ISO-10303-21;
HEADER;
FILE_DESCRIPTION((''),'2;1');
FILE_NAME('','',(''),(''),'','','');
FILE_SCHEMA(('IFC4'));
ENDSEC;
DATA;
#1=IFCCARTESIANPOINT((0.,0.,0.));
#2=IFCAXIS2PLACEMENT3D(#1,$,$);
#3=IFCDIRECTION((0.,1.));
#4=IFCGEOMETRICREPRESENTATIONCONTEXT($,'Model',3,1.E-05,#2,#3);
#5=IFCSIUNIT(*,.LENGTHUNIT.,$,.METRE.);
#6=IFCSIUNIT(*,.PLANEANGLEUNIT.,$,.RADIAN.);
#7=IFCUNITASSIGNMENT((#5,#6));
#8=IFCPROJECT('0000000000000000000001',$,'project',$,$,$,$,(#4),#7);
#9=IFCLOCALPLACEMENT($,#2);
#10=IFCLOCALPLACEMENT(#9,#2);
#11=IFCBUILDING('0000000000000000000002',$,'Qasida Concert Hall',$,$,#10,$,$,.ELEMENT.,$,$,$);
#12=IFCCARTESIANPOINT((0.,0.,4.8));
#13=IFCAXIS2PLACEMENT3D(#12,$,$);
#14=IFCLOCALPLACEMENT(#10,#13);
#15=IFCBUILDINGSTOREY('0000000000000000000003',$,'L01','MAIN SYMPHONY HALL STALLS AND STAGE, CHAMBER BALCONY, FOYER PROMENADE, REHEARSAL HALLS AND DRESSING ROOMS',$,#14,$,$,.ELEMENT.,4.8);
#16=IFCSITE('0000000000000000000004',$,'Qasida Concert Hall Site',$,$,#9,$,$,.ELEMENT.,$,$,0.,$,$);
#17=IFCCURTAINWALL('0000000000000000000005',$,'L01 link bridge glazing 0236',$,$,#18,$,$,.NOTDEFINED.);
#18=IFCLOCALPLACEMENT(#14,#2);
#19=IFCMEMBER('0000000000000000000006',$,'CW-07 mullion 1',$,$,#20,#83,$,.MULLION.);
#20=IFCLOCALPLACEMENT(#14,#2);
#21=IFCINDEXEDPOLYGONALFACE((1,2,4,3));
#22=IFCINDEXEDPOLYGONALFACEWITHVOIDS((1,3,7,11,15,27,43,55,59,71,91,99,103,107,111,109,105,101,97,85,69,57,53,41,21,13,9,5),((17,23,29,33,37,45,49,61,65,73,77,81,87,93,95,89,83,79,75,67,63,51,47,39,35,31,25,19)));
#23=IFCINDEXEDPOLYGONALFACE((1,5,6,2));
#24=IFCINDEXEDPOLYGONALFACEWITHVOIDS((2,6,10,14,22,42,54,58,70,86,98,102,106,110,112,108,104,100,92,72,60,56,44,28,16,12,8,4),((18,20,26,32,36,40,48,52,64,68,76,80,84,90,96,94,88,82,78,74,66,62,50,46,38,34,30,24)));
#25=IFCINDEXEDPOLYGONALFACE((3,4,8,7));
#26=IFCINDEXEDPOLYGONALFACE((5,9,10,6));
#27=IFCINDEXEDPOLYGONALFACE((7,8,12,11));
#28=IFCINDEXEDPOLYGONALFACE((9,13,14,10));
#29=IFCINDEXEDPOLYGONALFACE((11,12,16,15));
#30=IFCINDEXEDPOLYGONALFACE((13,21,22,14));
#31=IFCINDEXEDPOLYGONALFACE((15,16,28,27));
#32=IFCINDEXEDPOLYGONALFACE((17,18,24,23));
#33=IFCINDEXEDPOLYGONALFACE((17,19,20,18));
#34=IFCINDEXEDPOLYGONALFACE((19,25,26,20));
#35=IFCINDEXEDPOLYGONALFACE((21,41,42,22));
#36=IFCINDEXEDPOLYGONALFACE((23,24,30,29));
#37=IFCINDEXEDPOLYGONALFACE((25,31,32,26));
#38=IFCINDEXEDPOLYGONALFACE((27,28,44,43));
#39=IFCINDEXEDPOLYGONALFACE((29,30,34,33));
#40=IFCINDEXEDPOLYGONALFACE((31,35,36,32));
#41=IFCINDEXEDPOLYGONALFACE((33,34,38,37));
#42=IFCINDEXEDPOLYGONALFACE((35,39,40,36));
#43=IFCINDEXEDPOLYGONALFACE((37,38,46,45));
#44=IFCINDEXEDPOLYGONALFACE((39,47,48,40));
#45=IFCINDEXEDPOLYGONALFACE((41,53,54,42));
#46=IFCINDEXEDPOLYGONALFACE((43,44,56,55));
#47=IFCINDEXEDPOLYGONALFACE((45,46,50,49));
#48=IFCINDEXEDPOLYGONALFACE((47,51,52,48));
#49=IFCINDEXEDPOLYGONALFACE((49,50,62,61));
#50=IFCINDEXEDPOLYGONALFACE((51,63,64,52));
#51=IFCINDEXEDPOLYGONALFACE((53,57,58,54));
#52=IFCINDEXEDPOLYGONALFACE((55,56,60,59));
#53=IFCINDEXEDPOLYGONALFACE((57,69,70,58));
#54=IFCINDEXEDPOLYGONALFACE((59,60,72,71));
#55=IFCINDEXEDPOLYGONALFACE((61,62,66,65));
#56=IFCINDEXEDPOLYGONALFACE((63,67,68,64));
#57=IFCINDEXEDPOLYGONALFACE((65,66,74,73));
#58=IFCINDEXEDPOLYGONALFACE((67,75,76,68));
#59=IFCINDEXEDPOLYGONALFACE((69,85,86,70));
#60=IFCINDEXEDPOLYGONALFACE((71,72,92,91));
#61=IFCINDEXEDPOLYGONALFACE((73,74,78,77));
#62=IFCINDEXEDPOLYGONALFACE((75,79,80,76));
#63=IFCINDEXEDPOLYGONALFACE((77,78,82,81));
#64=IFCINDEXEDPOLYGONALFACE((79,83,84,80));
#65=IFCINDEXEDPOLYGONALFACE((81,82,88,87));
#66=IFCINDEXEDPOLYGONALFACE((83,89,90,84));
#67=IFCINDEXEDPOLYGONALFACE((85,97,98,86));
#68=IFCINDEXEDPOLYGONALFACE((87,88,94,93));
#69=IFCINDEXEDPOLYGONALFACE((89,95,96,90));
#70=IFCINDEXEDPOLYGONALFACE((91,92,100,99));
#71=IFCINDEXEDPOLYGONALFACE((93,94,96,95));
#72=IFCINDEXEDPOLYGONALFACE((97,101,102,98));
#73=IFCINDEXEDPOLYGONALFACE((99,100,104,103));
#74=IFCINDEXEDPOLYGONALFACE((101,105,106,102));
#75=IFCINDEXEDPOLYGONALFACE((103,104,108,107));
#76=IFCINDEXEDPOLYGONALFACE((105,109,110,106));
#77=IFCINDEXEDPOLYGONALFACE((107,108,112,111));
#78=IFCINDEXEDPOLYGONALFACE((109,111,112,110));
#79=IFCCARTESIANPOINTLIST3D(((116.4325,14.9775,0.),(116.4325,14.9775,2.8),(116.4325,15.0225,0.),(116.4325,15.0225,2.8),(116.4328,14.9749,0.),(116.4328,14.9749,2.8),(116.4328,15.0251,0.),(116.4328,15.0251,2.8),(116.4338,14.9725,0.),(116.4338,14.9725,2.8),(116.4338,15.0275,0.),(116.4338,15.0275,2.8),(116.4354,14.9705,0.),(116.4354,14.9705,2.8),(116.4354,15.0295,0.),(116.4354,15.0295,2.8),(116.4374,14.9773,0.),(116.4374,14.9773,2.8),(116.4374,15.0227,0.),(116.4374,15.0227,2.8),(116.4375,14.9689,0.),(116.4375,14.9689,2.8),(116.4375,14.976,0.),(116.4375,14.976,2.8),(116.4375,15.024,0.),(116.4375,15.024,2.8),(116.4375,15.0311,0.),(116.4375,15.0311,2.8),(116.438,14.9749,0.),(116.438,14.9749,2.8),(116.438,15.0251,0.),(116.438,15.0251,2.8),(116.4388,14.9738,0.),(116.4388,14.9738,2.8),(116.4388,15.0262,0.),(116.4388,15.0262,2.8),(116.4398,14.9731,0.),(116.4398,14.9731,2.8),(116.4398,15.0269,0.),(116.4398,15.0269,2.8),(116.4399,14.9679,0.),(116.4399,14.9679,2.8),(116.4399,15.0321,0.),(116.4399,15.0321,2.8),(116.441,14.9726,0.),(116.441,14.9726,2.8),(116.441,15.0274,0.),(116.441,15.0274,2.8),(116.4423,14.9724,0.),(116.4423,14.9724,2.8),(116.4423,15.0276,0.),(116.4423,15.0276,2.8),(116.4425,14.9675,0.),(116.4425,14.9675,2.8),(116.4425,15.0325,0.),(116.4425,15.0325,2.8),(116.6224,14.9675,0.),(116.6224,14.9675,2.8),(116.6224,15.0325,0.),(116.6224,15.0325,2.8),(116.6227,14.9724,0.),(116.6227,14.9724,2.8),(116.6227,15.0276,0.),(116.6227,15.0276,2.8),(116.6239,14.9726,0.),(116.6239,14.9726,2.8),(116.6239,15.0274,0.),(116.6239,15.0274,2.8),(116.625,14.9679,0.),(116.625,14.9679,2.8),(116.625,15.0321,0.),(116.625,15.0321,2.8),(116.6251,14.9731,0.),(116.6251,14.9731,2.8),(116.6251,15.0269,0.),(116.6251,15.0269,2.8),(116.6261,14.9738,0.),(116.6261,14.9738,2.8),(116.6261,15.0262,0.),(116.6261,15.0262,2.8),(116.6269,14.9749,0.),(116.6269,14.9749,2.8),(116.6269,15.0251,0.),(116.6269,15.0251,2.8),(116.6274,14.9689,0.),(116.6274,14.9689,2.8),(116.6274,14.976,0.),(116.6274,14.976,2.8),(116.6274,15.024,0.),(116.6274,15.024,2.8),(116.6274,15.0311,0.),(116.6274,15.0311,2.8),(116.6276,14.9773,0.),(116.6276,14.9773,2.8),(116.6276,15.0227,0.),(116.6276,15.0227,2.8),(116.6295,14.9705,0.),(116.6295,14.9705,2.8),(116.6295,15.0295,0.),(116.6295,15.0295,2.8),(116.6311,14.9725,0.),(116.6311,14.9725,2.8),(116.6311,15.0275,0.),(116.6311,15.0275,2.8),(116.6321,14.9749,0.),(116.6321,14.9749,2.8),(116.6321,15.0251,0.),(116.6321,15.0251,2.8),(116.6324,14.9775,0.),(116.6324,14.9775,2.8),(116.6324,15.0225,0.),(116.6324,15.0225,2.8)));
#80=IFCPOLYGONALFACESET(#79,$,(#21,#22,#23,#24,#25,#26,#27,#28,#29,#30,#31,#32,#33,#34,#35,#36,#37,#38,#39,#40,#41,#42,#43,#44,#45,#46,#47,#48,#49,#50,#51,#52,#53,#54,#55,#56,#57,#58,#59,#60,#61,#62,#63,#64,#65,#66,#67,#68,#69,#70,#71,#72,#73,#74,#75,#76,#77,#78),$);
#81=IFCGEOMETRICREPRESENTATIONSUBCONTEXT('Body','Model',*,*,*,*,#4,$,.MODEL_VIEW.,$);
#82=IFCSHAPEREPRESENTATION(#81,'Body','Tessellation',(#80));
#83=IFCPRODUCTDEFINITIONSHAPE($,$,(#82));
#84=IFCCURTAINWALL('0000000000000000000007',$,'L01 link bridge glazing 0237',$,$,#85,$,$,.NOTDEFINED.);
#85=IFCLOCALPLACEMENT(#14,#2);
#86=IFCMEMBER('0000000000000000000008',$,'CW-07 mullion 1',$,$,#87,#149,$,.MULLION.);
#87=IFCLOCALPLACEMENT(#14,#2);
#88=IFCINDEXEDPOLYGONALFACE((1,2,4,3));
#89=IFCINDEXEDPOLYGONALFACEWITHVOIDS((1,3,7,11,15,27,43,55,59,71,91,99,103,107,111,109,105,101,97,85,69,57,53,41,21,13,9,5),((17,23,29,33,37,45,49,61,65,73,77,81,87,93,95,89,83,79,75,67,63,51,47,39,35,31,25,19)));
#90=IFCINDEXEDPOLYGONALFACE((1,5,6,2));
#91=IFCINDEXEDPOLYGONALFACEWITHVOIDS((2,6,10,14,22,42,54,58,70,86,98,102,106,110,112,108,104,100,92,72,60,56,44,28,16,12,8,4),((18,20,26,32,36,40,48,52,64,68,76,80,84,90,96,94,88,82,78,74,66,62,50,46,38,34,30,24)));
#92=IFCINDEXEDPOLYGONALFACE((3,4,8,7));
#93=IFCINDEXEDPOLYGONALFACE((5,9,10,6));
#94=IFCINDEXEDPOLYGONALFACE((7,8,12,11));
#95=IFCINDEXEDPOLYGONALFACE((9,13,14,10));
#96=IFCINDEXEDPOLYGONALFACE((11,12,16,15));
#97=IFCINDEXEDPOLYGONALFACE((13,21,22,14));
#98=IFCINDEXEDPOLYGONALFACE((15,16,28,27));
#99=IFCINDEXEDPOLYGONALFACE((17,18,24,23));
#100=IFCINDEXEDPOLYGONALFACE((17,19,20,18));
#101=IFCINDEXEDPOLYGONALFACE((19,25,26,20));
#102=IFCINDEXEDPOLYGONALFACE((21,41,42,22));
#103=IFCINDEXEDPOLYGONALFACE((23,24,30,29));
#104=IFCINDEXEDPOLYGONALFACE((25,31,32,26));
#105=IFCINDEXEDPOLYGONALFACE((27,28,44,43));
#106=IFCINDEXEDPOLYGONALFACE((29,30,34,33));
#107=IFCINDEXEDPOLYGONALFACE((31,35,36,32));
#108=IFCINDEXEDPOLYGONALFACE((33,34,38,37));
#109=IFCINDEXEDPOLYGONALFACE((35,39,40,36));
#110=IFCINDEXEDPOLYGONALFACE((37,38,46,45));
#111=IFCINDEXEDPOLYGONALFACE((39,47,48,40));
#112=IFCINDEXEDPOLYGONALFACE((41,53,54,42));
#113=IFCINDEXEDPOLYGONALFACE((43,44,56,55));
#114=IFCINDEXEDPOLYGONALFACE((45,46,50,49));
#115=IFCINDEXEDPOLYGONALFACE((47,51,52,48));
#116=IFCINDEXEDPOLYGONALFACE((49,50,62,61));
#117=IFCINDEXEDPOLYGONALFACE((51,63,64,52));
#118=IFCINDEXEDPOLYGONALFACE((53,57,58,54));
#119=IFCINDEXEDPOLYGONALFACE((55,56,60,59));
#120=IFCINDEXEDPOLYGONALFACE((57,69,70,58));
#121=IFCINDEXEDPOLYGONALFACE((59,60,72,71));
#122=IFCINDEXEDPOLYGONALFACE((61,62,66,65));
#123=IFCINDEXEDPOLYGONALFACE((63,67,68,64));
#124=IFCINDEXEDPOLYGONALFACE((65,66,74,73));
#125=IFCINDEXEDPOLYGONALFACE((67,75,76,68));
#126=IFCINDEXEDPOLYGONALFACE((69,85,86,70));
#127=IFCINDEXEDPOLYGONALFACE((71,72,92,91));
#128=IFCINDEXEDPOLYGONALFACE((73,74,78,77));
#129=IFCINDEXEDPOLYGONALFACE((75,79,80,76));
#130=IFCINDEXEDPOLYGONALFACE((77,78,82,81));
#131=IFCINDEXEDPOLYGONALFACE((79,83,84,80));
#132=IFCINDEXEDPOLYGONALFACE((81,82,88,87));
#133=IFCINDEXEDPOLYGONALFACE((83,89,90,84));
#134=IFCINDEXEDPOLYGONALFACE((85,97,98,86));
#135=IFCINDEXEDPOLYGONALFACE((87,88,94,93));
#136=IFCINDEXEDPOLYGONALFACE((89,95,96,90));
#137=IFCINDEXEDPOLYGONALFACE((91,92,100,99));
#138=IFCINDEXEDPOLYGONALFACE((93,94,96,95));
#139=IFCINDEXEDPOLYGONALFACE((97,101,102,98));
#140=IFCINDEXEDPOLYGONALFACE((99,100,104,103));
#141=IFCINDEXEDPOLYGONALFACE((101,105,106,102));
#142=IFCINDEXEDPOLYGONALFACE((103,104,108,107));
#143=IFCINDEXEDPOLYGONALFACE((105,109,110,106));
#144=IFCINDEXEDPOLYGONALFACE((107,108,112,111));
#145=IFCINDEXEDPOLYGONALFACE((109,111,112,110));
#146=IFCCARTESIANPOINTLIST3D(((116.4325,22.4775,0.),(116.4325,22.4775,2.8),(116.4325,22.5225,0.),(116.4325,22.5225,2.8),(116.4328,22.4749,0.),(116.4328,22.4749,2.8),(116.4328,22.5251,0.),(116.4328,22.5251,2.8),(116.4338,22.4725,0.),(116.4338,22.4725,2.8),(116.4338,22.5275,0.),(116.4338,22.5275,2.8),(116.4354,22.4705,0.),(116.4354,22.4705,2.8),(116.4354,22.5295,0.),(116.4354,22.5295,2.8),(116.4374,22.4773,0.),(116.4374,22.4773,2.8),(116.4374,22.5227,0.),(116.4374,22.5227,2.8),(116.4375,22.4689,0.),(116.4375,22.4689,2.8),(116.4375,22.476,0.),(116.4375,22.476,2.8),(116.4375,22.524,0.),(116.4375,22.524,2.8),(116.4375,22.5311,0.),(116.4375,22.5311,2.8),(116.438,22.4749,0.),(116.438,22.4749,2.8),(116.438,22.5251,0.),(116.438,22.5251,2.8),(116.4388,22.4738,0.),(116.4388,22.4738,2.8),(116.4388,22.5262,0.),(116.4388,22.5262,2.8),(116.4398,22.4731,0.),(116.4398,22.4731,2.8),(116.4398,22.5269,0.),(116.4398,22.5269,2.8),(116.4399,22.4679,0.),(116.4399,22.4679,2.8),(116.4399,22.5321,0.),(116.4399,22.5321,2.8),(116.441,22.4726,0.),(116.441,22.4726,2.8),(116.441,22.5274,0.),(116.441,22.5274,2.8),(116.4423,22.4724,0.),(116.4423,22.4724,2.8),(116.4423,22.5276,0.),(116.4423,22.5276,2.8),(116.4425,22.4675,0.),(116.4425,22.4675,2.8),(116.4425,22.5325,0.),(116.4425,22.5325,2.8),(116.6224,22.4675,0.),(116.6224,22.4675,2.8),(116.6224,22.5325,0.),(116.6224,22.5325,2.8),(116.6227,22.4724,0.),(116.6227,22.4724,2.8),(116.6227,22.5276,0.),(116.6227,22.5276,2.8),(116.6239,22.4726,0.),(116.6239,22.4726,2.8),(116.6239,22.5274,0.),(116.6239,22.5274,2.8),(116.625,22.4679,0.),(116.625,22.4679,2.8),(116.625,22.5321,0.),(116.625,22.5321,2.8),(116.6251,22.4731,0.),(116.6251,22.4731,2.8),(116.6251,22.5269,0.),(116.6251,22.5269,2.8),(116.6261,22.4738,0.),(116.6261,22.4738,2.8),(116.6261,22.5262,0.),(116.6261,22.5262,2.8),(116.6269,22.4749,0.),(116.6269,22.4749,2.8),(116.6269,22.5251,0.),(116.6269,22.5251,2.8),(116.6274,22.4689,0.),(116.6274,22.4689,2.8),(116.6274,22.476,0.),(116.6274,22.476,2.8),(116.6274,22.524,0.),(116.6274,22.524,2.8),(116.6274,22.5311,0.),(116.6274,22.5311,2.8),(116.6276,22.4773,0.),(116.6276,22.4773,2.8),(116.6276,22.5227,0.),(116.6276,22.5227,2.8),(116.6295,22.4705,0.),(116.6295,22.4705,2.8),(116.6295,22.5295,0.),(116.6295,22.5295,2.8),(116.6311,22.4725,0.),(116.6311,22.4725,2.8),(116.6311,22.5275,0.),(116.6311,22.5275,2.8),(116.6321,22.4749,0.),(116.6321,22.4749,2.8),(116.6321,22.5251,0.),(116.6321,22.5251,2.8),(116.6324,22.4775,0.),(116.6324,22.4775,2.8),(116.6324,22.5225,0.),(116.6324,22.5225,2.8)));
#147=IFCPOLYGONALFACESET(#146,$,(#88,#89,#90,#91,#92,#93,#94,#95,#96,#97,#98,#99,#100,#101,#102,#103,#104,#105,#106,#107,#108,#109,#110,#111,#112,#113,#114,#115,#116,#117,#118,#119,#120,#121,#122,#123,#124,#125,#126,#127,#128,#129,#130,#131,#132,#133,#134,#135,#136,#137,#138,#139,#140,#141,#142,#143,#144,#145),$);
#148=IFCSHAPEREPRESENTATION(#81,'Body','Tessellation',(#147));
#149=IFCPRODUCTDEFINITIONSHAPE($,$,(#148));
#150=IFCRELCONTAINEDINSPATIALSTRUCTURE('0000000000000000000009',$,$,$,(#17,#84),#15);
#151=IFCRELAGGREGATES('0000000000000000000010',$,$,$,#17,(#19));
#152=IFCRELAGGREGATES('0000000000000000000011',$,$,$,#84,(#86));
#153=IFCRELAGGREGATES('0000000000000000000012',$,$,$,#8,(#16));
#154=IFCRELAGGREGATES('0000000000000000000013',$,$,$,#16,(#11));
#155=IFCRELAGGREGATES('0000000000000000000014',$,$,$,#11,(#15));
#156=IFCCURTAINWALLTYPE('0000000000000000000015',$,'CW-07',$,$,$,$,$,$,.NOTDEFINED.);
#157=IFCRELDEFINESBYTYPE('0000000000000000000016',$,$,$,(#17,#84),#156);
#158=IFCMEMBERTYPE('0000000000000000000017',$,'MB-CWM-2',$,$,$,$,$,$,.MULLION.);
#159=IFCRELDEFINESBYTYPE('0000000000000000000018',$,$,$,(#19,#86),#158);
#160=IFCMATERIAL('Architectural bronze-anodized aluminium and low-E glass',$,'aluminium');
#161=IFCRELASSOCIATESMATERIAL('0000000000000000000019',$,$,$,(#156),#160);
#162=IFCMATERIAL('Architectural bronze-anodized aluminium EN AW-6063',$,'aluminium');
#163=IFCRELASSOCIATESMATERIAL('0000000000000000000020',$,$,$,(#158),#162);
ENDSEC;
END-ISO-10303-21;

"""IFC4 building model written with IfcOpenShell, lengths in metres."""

from ifc_helpers import new_model, si_unit, direction, frame, origin, origin_2d, place, context, subcontext, project, spatial, hollow_rectangle, extrude, material, material_profile, profile_set, type_object, element, aggregate, save


model = new_model("IFC4")

# Units and contexts
model_context = context("Model", 3, precision=1e-05, world=origin(), true_north=direction((0.0, 1.0)))
body_context = subcontext(model_context, "Body", "Model", "MODEL_VIEW")
ifc_project = project(units=[si_unit("LENGTHUNIT", "METRE"), si_unit("PLANEANGLEUNIT", "RADIAN")], contexts=[model_context])

# Site, building, storey
site_placement = place(None, origin())
site = spatial("IfcSite", under=ifc_project, at=site_placement, Name="Qasida Concert Hall Site", CompositionType="ELEMENT", RefElevation=0.0)
building_placement = place(site_placement, origin())
building = spatial("IfcBuilding", under=site, at=building_placement, Name="Qasida Concert Hall", CompositionType="ELEMENT")
storey_placement = place(building_placement, frame((0.0, 0.0, 4.8)))
storey = spatial("IfcBuildingStorey", under=building, at=storey_placement, Name="L01", Description="MAIN SYMPHONY HALL STALLS AND STAGE, CHAMBER BALCONY, FOYER PROMENADE, REHEARSAL HALLS AND DRESSING ROOMS", CompositionType="ELEMENT", Elevation=4.8)

# Curtain walls, members
ifc_material_1 = material(Name="Architectural bronze-anodized aluminium and low-E glass", Category="aluminium")
curtain_wall_type = type_object("IfcCurtainWallType", Name="CW-07", PredefinedType="NOTDEFINED", material=ifc_material_1)
ifc_material_2 = material(Name="Architectural bronze-anodized aluminium EN AW-6063", Category="aluminium")
ifc_material_profile_1 = material_profile(ifc_material_2, hollow_rectangle(XDim=0.0649, YDim=0.2, WallThickness=0.0049, InnerFilletRadius=0.0049, OuterFilletRadius=0.01, at=origin_2d()), Name="CWM 200x65x5")
ifc_profile_set_1 = profile_set([ifc_material_profile_1], Name="Architectural bronze-anodized aluminium EN AW-6063")
member_type_1 = type_object("IfcMemberType", Name="MB-CWM-2", PredefinedType="MULLION", material=ifc_profile_set_1)
curtain_wall_1_placement = place(storey_placement, origin())
curtain_wall_1 = element("IfcCurtainWall", 1, at=curtain_wall_1_placement, inside=storey, type_object=curtain_wall_type, Name="L01 link bridge glazing 0236", PredefinedType="NOTDEFINED")
member_1_placement = place(storey_placement, frame((116.5325, 15.0, 0.0), z_axis=(0.0, 0.0, 1.0), x_axis=(0.0, 1.0, 0.0)))
member_1 = element("IfcMember", 2, at=member_1_placement, type_object=member_type_1, Name="CW-07 mullion 1", PredefinedType="MULLION", context=body_context, shape_type="SweptSolid", body=[
    extrude(hollow_rectangle(XDim=0.0649, YDim=0.2, WallThickness=0.0049, InnerFilletRadius=0.0049, OuterFilletRadius=0.01, at=origin_2d()), origin(), (0.0, 0.0, 1.0), 2.8),
])
curtain_wall_2_placement = place(storey_placement, origin())
curtain_wall_2 = element("IfcCurtainWall", 3, at=curtain_wall_2_placement, inside=storey, type_object=curtain_wall_type, Name="L01 link bridge glazing 0237", PredefinedType="NOTDEFINED")
member_2_placement = place(storey_placement, frame((116.5325, 22.5, 0.0), z_axis=(0.0, 0.0, 1.0), x_axis=(0.0, 1.0, 0.0)))
member_2 = element("IfcMember", 4, at=member_2_placement, type_object=member_type_1, Name="CW-07 mullion 1", PredefinedType="MULLION", context=body_context, shape_type="SweptSolid", body=[
    extrude(hollow_rectangle(XDim=0.0649, YDim=0.2, WallThickness=0.0049, InnerFilletRadius=0.0049, OuterFilletRadius=0.01, at=origin_2d()), origin(), (0.0, 0.0, 1.0), 2.8),
])

aggregate(curtain_wall_1, [member_1])
aggregate(curtain_wall_2, [member_2])

save(model, "model.ifc")
